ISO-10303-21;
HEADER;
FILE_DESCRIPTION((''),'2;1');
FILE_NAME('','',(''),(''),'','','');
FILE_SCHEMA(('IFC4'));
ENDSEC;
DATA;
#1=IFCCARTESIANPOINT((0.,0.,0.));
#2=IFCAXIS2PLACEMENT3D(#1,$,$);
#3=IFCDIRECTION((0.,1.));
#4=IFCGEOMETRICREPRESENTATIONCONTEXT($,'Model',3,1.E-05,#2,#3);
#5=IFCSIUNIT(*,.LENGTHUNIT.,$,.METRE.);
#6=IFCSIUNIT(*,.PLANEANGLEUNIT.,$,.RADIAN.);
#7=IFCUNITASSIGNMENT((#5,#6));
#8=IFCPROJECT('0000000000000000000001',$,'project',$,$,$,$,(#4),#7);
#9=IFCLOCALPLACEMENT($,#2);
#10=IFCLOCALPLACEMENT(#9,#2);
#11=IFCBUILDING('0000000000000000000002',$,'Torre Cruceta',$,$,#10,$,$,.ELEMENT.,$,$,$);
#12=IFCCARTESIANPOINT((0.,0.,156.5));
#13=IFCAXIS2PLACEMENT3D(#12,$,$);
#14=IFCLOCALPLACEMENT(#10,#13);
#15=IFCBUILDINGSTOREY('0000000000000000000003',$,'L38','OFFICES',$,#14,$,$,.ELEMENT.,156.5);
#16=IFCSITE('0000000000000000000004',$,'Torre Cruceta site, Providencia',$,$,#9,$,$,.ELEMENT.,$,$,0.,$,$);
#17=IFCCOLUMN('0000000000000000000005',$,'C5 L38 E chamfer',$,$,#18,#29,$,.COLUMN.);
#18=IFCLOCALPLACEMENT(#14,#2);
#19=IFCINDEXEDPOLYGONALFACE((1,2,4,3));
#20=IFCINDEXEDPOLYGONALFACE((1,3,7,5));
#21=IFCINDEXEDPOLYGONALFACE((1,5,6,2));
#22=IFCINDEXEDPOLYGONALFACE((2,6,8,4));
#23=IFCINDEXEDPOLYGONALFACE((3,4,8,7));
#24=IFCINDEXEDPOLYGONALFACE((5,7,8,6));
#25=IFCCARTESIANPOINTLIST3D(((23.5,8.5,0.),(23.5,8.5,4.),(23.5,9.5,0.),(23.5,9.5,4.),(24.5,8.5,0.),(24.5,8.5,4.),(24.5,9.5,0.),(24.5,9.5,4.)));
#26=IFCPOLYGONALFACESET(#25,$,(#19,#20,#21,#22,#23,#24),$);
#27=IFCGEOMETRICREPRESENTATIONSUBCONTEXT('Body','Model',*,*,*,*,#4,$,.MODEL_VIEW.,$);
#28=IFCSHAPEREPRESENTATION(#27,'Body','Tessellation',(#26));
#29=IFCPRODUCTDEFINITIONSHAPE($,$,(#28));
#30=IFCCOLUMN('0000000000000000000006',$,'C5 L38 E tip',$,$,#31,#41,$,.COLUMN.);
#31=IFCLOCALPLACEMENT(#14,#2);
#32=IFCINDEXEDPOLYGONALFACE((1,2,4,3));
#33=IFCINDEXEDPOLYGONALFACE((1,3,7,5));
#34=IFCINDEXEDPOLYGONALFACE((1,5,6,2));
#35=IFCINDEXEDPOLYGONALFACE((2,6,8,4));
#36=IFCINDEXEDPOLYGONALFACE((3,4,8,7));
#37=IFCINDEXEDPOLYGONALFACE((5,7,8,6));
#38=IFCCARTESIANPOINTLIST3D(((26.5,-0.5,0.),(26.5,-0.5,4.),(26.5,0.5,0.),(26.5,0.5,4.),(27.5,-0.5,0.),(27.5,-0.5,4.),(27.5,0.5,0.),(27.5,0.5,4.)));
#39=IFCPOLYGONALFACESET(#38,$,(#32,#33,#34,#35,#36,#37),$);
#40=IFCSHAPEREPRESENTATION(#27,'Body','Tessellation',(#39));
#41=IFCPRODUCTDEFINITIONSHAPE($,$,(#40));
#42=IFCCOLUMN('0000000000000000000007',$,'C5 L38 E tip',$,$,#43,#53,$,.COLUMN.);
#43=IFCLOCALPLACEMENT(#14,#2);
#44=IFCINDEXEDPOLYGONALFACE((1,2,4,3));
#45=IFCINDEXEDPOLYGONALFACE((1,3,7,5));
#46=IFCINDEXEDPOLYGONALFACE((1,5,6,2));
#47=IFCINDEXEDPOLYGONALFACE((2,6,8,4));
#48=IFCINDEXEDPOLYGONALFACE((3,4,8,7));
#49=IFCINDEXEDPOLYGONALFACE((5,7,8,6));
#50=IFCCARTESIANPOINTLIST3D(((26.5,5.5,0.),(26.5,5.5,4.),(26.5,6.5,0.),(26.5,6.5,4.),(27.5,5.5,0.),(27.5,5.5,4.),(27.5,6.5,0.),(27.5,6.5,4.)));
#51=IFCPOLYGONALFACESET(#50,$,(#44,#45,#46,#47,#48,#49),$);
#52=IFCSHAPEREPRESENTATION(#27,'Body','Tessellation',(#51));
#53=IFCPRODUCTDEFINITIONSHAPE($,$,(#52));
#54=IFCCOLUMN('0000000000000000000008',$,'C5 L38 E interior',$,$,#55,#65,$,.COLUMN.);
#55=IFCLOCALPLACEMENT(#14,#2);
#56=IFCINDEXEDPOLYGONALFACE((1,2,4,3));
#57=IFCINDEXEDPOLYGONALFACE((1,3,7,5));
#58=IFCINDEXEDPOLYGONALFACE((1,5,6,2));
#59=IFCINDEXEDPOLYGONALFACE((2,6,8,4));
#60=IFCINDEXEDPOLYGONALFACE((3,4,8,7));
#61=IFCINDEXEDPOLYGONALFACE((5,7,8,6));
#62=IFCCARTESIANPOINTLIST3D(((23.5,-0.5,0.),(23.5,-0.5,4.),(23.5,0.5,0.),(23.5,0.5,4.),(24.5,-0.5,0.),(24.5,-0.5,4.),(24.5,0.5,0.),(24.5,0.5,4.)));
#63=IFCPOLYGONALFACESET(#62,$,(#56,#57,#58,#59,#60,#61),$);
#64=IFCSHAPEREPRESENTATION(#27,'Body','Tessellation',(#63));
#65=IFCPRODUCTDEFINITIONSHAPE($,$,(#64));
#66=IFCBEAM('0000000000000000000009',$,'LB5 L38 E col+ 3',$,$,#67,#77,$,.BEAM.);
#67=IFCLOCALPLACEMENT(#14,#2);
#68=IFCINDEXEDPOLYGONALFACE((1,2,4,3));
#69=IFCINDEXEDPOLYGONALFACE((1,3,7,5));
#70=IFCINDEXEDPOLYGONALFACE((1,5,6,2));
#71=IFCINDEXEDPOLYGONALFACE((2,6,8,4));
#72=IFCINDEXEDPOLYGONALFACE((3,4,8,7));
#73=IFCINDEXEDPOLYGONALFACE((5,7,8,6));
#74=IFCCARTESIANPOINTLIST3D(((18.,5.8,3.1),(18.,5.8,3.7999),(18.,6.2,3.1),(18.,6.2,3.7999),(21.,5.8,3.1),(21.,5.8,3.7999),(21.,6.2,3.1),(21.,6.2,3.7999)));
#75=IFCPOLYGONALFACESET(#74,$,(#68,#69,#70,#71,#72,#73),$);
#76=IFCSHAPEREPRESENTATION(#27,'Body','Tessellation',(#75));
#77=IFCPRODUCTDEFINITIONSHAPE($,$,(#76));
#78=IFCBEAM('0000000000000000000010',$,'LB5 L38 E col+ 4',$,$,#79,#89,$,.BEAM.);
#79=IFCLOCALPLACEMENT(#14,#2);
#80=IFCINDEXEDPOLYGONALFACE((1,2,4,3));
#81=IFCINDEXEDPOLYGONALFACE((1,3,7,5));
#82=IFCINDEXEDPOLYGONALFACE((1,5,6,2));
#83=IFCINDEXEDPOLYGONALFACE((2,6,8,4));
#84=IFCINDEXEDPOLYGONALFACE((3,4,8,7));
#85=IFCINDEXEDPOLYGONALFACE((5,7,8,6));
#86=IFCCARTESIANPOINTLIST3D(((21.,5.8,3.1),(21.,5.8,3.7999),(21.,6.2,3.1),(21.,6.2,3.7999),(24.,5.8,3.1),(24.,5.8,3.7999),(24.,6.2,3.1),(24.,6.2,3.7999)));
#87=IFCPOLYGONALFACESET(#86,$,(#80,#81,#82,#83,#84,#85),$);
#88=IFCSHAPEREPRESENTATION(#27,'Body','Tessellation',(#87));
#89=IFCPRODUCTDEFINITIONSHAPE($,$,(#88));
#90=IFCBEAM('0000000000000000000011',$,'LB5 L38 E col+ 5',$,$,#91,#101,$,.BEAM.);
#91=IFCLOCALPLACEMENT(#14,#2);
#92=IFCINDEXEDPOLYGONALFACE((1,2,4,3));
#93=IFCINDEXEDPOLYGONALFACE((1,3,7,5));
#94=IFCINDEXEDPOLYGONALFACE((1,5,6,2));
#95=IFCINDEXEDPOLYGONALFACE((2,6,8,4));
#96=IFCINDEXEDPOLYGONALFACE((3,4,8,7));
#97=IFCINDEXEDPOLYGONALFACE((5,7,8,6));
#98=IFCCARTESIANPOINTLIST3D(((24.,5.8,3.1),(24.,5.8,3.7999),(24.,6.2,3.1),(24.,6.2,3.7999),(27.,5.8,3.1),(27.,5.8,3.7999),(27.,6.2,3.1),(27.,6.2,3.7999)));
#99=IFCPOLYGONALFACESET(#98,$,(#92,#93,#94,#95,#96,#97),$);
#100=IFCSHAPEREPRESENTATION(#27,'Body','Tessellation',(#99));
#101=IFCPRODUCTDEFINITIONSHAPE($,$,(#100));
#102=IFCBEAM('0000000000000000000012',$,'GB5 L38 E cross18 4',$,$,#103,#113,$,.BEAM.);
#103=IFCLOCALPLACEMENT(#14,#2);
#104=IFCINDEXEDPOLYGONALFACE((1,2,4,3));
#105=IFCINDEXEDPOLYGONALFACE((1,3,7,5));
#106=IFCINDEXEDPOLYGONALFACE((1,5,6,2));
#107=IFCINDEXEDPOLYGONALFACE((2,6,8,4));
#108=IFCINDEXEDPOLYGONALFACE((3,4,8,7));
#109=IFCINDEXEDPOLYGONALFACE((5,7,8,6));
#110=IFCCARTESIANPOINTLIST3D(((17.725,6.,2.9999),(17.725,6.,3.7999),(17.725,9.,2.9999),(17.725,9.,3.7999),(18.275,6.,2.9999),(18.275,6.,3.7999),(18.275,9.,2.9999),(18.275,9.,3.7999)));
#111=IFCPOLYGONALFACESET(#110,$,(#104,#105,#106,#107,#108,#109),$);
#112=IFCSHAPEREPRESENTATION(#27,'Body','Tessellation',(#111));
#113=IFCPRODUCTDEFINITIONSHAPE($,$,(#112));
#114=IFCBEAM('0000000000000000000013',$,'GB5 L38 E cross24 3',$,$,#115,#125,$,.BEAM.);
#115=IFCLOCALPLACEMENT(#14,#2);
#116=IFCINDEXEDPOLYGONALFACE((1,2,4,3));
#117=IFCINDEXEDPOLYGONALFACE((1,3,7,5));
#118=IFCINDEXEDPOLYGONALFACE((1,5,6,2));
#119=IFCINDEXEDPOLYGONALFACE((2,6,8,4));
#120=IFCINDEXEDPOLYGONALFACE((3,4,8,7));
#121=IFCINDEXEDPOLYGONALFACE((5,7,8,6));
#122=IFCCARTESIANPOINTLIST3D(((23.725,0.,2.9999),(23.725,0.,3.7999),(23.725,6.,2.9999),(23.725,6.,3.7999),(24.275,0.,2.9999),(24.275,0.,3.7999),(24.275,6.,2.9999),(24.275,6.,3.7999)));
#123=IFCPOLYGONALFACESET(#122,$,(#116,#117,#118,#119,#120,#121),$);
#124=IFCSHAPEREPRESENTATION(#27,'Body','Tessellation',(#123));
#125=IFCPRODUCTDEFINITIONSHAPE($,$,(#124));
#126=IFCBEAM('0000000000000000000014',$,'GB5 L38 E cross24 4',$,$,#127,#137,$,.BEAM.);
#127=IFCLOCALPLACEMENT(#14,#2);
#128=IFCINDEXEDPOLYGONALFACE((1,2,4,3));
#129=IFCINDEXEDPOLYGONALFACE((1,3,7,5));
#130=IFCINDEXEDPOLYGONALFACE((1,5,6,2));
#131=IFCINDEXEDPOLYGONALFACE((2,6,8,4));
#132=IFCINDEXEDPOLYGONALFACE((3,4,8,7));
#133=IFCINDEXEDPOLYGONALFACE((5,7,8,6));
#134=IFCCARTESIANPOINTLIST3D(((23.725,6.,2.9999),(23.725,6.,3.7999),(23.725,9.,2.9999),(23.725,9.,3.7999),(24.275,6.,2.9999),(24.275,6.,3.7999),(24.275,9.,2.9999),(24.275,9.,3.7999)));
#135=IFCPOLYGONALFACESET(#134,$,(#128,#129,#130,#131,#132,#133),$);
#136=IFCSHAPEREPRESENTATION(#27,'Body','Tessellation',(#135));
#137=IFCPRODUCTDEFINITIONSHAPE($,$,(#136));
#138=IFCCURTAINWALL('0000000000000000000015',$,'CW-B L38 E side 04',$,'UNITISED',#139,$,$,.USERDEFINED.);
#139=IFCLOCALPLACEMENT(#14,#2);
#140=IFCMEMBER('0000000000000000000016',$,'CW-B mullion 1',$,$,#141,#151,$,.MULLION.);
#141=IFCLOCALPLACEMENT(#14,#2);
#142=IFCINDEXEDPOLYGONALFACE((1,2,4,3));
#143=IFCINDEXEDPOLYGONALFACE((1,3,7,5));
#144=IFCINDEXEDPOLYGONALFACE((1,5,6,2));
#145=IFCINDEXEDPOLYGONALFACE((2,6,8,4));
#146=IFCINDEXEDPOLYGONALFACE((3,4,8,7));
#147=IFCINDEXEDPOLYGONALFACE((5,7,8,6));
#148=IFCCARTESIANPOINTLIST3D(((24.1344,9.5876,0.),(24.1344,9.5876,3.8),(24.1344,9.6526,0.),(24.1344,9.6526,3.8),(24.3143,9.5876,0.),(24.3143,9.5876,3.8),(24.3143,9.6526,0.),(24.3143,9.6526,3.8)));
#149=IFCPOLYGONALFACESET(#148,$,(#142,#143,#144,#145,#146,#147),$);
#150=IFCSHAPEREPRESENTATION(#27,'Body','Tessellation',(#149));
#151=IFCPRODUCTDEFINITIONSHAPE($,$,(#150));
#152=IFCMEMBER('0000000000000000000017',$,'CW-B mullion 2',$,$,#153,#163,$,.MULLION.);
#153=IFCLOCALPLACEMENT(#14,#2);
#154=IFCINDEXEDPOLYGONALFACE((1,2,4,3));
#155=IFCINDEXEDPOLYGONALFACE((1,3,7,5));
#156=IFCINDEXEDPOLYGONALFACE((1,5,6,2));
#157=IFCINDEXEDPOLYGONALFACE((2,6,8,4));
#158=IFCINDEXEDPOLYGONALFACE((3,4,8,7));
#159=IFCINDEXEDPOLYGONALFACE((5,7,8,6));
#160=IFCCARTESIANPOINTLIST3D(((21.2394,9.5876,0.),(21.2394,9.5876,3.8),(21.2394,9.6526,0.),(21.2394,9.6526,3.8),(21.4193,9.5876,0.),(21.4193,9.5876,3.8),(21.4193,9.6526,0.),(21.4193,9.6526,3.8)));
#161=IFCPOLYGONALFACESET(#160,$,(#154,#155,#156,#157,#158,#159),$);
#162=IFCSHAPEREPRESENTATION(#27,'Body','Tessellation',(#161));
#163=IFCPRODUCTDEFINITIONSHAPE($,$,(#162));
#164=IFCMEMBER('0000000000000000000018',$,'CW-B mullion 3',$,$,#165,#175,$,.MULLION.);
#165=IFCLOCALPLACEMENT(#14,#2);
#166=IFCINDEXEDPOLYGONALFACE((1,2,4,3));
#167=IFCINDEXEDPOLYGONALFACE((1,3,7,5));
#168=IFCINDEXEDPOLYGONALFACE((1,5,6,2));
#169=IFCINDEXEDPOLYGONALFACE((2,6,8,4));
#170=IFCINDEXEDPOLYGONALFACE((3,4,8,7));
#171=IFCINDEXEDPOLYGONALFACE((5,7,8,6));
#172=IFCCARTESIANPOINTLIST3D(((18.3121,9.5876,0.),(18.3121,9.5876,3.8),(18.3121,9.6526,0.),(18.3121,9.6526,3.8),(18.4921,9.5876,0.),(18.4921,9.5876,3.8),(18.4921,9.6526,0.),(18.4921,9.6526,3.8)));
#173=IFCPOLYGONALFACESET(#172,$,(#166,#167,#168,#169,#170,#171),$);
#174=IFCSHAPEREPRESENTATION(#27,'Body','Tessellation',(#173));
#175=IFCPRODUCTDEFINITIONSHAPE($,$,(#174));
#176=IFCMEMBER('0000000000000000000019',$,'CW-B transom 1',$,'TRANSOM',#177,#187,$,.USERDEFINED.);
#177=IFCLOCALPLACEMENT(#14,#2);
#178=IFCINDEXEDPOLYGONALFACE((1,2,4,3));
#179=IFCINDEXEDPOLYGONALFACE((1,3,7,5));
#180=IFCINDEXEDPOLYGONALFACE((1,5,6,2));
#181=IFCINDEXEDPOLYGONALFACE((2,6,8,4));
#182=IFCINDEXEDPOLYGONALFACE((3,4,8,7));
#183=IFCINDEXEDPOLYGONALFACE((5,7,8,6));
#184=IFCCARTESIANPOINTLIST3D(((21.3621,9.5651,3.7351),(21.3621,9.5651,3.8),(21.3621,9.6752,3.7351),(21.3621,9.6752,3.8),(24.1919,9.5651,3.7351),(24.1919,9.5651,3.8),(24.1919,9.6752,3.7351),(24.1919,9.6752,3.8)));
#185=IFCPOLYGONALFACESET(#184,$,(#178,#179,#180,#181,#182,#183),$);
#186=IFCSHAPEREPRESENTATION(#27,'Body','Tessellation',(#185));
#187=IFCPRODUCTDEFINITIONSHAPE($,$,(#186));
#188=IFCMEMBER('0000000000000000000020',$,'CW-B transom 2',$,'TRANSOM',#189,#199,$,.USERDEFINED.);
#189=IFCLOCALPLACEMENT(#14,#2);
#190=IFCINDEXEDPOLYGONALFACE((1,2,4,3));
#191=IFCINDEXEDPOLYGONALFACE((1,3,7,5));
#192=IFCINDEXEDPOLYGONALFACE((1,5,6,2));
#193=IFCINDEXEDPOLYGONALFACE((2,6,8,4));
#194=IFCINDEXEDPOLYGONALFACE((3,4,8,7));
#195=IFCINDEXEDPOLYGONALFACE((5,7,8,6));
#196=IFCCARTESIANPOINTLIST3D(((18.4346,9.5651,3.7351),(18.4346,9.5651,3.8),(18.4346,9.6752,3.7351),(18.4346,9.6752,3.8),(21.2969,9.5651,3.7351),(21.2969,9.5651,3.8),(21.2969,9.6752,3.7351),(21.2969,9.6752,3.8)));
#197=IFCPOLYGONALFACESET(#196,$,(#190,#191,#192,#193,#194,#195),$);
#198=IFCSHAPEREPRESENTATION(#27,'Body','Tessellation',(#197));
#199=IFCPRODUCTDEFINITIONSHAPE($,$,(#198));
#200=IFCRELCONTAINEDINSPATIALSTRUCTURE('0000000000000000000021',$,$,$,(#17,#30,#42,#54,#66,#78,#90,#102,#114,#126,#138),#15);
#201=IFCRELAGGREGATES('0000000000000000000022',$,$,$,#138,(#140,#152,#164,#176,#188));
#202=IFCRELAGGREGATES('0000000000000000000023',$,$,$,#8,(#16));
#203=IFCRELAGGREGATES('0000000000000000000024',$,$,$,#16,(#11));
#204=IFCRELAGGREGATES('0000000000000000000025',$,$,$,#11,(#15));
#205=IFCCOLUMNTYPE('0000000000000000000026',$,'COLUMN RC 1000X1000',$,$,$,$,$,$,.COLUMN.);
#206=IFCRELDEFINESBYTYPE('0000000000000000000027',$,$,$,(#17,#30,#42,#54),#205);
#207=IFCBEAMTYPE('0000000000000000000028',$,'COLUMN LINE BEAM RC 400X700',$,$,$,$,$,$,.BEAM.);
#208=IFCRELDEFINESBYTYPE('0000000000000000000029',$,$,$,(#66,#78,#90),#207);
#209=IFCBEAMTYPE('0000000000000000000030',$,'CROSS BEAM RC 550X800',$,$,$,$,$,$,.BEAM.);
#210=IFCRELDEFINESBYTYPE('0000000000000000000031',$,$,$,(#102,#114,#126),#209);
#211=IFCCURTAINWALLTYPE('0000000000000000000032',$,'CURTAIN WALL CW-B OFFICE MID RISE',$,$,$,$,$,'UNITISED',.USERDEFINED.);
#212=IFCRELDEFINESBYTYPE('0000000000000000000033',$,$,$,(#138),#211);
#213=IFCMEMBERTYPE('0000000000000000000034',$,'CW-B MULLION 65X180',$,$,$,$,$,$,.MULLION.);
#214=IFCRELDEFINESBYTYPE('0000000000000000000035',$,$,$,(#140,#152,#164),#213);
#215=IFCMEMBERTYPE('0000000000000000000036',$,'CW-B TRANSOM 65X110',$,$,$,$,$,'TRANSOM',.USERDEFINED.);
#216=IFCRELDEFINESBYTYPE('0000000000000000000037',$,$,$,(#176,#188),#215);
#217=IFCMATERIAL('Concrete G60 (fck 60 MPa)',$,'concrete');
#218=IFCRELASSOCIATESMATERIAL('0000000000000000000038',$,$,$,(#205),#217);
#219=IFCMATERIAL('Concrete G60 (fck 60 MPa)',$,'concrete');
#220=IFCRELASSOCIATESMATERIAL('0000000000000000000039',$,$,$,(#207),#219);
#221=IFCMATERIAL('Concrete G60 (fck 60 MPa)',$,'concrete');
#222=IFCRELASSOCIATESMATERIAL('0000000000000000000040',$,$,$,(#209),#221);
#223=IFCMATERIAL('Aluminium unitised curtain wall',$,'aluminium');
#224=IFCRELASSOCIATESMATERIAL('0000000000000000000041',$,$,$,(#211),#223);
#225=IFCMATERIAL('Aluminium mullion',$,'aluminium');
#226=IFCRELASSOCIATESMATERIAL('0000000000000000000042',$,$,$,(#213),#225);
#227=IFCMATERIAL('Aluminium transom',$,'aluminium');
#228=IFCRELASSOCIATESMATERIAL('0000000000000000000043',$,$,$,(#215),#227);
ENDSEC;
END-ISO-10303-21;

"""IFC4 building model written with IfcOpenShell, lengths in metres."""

from ifc_helpers import new_model, si_unit, direction, frame, origin, origin_2d, place, context, subcontext, project, spatial, rectangle, extrude, material, material_profile, profile_set, type_object, element, aggregate, save


model = new_model("IFC4")

# Units and contexts
model_context = context("Model", 3, precision=1e-05, world=origin(), true_north=direction((0.0, 1.0)))
body_context = subcontext(model_context, "Body", "Model", "MODEL_VIEW")
ifc_project = project(units=[si_unit("LENGTHUNIT", "METRE"), si_unit("PLANEANGLEUNIT", "RADIAN")], contexts=[model_context])

# Site, building, storey
site_placement = place(None, origin())
site = spatial("IfcSite", under=ifc_project, at=site_placement, Name="Torre Cruceta site, Providencia", CompositionType="ELEMENT", RefElevation=0.0)
building_placement = place(site_placement, origin())
building = spatial("IfcBuilding", under=site, at=building_placement, Name="Torre Cruceta", CompositionType="ELEMENT")
storey_placement = place(building_placement, frame((0.0, 0.0, 156.5)))
storey = spatial("IfcBuildingStorey", under=building, at=storey_placement, Name="L38", Description="OFFICES", CompositionType="ELEMENT", Elevation=156.5)

# Columns
ifc_material_1 = material(Name="Concrete G60 (fck 60 MPa)", Category="concrete")
ifc_material_profile_1 = material_profile(ifc_material_1, rectangle(XDim=1.0, YDim=1.0, at=origin_2d()), Name="RC 1000X1000")
ifc_profile_set_1 = profile_set([ifc_material_profile_1], Name="Concrete G60 (fck 60 MPa)")
column_type = type_object("IfcColumnType", Name="COLUMN RC 1000X1000", PredefinedType="COLUMN", material=ifc_profile_set_1)
for number, where, z_axis, x_axis, name in (
    (1, (24.0, 9.0, 0.0), (0.0, 0.0, 1.0), (1.0, 0.0, 0.0), "C5 L38 E chamfer"),
    (2, (27.0, 0.0, 0.0), (0.0, 0.0, 1.0), (1.0, 0.0, 0.0), "C5 L38 E tip"),
    (3, (27.0, 6.0, 0.0), (0.0, 0.0, 1.0), (1.0, 0.0, 0.0), "C5 L38 E tip"),
    (4, (24.0, 0.0, 0.0), (0.0, 0.0, 1.0), (1.0, 0.0, 0.0), "C5 L38 E interior"),
):
    element("IfcColumn", number, at=place(storey_placement, frame(where, z_axis=z_axis, x_axis=x_axis)), inside=storey, type_object=column_type, Name=name, PredefinedType="COLUMN", context=body_context, shape_type="SweptSolid", body=[
        extrude(rectangle(XDim=1.0, YDim=1.0, at=origin_2d()), origin(), (0.0, 0.0, 1.0), 4.0),
    ])

# Beams
ifc_material_2 = material(Name="Concrete G60 (fck 60 MPa)", Category="concrete")
ifc_material_profile_2 = material_profile(ifc_material_2, rectangle(XDim=0.3999, YDim=0.7, at=origin_2d()), Name="RC 400X700")
ifc_profile_set_2 = profile_set([ifc_material_profile_2], Name="Concrete G60 (fck 60 MPa)")
beam_type_1 = type_object("IfcBeamType", Name="COLUMN LINE BEAM RC 400X700", PredefinedType="BEAM", material=ifc_profile_set_2)
for number, where, z_axis, x_axis, name in (
    (5, (18.0, 6.0, 3.45), (1.0, 0.0, 0.0), (0.0, 1.0, 0.0), "LB5 L38 E col+ 3"),
    (6, (21.0, 6.0, 3.45), (1.0, 0.0, 0.0), (0.0, 1.0, 0.0), "LB5 L38 E col+ 4"),
    (7, (24.0, 6.0, 3.45), (1.0, 0.0, 0.0), (0.0, 1.0, 0.0), "LB5 L38 E col+ 5"),
):
    element("IfcBeam", number, at=place(storey_placement, frame(where, z_axis=z_axis, x_axis=x_axis)), inside=storey, type_object=beam_type_1, Name=name, PredefinedType="BEAM", context=body_context, shape_type="SweptSolid", body=[
        extrude(rectangle(XDim=0.3999, YDim=0.7, at=origin_2d()), origin(), (0.0, 0.0, 1.0), 3.0),
    ])
ifc_material_3 = material(Name="Concrete G60 (fck 60 MPa)", Category="concrete")
ifc_material_profile_3 = material_profile(ifc_material_3, rectangle(XDim=0.55, YDim=0.8, at=origin_2d()), Name="RC 550X800")
ifc_profile_set_3 = profile_set([ifc_material_profile_3], Name="Concrete G60 (fck 60 MPa)")
beam_type_2 = type_object("IfcBeamType", Name="CROSS BEAM RC 550X800", PredefinedType="BEAM", material=ifc_profile_set_3)
beam_1_placement = place(storey_placement, frame((18.0, 6.0, 3.3999), z_axis=(0.0, 1.0, 0.0), x_axis=(-1.0, 0.0, 0.0)))
element("IfcBeam", 8, at=beam_1_placement, inside=storey, type_object=beam_type_2, Name="GB5 L38 E cross18 4", PredefinedType="BEAM", context=body_context, shape_type="SweptSolid", body=[
    extrude(rectangle(XDim=0.55, YDim=0.8, at=origin_2d()), origin(), (0.0, 0.0, 1.0), 3.0),
])
beam_2_placement = place(storey_placement, frame((24.0, 0.0, 3.3999), z_axis=(0.0, 1.0, 0.0), x_axis=(-1.0, 0.0, 0.0)))
element("IfcBeam", 9, at=beam_2_placement, inside=storey, type_object=beam_type_2, Name="GB5 L38 E cross24 3", PredefinedType="BEAM", context=body_context, shape_type="SweptSolid", body=[
    extrude(rectangle(XDim=0.55, YDim=0.8, at=origin_2d()), origin(), (0.0, 0.0, 1.0), 6.0),
])
beam_3_placement = place(storey_placement, frame((24.0, 6.0, 3.3999), z_axis=(0.0, 1.0, 0.0), x_axis=(-1.0, 0.0, 0.0)))
element("IfcBeam", 10, at=beam_3_placement, inside=storey, type_object=beam_type_2, Name="GB5 L38 E cross24 4", PredefinedType="BEAM", context=body_context, shape_type="SweptSolid", body=[
    extrude(rectangle(XDim=0.55, YDim=0.8, at=origin_2d()), origin(), (0.0, 0.0, 1.0), 3.0),
])

# Curtain wall, members
ifc_material_4 = material(Name="Aluminium unitised curtain wall", Category="aluminium")
curtain_wall_type = type_object("IfcCurtainWallType", Name="CURTAIN WALL CW-B OFFICE MID RISE", ElementType="UNITISED", PredefinedType="USERDEFINED", material=ifc_material_4)
curtain_wall_placement = place(storey_placement, origin())
curtain_wall = element("IfcCurtainWall", 11, at=curtain_wall_placement, inside=storey, type_object=curtain_wall_type, Name="CW-B L38 E side 04", ObjectType="UNITISED", PredefinedType="USERDEFINED")
ifc_material_5 = material(Name="Aluminium mullion", Category="aluminium")
ifc_material_profile_4 = material_profile(ifc_material_5, rectangle(XDim=0.0649, YDim=0.1799, at=origin_2d()), Name="AL 65X180")
ifc_profile_set_4 = profile_set([ifc_material_profile_4], Name="Aluminium mullion")
member_type_1 = type_object("IfcMemberType", Name="CW-B MULLION 65X180", PredefinedType="MULLION", material=ifc_profile_set_4)
member_1_placement = place(storey_placement, frame((24.2244, 9.6201, 0.0), z_axis=(0.0, 0.0, 1.0), x_axis=(0.0, -1.0, 0.0)))
member_1 = element("IfcMember", 12, at=member_1_placement, type_object=member_type_1, Name="CW-B mullion 1", PredefinedType="MULLION", context=body_context, shape_type="SweptSolid", body=[
    extrude(rectangle(XDim=0.0649, YDim=0.1799, at=origin_2d()), origin(), (0.0, 0.0, 1.0), 3.8),
])
member_2_placement = place(storey_placement, frame((21.3293, 9.6201, 0.0), z_axis=(0.0, 0.0, 1.0), x_axis=(0.0, -1.0, 0.0)))
member_2 = element("IfcMember", 13, at=member_2_placement, type_object=member_type_1, Name="CW-B mullion 2", PredefinedType="MULLION", context=body_context, shape_type="SweptSolid", body=[
    extrude(rectangle(XDim=0.0649, YDim=0.1799, at=origin_2d()), origin(), (0.0, 0.0, 1.0), 3.8),
])
member_3_placement = place(storey_placement, frame((18.4021, 9.6201, 0.0), z_axis=(0.0, 0.0, 1.0), x_axis=(0.0, -1.0, 0.0)))
member_3 = element("IfcMember", 14, at=member_3_placement, type_object=member_type_1, Name="CW-B mullion 3", PredefinedType="MULLION", context=body_context, shape_type="SweptSolid", body=[
    extrude(rectangle(XDim=0.0649, YDim=0.1799, at=origin_2d()), origin(), (0.0, 0.0, 1.0), 3.8),
])
ifc_material_6 = material(Name="Aluminium transom", Category="aluminium")
ifc_material_profile_5 = material_profile(ifc_material_6, rectangle(XDim=0.1101, YDim=0.0649, at=origin_2d()), Name="AL 110X65")
ifc_profile_set_5 = profile_set([ifc_material_profile_5], Name="Aluminium transom")
member_type_2 = type_object("IfcMemberType", Name="CW-B TRANSOM 65X110", ElementType="TRANSOM", PredefinedType="USERDEFINED", material=ifc_profile_set_5)
member_4_placement = place(storey_placement, frame((24.1919, 9.6201, 3.7676), z_axis=(-1.0, 0.0, 0.0), x_axis=(0.0, -1.0, 0.0)))
member_4 = element("IfcMember", 15, at=member_4_placement, type_object=member_type_2, Name="CW-B transom 1", ObjectType="TRANSOM", PredefinedType="USERDEFINED", context=body_context, shape_type="SweptSolid", body=[
    extrude(rectangle(XDim=0.1101, YDim=0.0649, at=origin_2d()), origin(), (0.0, 0.0, 1.0), 2.8298),
])
member_5_placement = place(storey_placement, frame((21.2969, 9.6201, 3.7676), z_axis=(-1.0, 0.0, 0.0), x_axis=(0.0, -1.0, 0.0)))
member_5 = element("IfcMember", 16, at=member_5_placement, type_object=member_type_2, Name="CW-B transom 2", ObjectType="TRANSOM", PredefinedType="USERDEFINED", context=body_context, shape_type="SweptSolid", body=[
    extrude(rectangle(XDim=0.1101, YDim=0.0649, at=origin_2d()), origin(), (0.0, 0.0, 1.0), 2.8623),
])

aggregate(curtain_wall, [member_1, member_2, member_3, member_4, member_5])

save(model, "model.ifc")
